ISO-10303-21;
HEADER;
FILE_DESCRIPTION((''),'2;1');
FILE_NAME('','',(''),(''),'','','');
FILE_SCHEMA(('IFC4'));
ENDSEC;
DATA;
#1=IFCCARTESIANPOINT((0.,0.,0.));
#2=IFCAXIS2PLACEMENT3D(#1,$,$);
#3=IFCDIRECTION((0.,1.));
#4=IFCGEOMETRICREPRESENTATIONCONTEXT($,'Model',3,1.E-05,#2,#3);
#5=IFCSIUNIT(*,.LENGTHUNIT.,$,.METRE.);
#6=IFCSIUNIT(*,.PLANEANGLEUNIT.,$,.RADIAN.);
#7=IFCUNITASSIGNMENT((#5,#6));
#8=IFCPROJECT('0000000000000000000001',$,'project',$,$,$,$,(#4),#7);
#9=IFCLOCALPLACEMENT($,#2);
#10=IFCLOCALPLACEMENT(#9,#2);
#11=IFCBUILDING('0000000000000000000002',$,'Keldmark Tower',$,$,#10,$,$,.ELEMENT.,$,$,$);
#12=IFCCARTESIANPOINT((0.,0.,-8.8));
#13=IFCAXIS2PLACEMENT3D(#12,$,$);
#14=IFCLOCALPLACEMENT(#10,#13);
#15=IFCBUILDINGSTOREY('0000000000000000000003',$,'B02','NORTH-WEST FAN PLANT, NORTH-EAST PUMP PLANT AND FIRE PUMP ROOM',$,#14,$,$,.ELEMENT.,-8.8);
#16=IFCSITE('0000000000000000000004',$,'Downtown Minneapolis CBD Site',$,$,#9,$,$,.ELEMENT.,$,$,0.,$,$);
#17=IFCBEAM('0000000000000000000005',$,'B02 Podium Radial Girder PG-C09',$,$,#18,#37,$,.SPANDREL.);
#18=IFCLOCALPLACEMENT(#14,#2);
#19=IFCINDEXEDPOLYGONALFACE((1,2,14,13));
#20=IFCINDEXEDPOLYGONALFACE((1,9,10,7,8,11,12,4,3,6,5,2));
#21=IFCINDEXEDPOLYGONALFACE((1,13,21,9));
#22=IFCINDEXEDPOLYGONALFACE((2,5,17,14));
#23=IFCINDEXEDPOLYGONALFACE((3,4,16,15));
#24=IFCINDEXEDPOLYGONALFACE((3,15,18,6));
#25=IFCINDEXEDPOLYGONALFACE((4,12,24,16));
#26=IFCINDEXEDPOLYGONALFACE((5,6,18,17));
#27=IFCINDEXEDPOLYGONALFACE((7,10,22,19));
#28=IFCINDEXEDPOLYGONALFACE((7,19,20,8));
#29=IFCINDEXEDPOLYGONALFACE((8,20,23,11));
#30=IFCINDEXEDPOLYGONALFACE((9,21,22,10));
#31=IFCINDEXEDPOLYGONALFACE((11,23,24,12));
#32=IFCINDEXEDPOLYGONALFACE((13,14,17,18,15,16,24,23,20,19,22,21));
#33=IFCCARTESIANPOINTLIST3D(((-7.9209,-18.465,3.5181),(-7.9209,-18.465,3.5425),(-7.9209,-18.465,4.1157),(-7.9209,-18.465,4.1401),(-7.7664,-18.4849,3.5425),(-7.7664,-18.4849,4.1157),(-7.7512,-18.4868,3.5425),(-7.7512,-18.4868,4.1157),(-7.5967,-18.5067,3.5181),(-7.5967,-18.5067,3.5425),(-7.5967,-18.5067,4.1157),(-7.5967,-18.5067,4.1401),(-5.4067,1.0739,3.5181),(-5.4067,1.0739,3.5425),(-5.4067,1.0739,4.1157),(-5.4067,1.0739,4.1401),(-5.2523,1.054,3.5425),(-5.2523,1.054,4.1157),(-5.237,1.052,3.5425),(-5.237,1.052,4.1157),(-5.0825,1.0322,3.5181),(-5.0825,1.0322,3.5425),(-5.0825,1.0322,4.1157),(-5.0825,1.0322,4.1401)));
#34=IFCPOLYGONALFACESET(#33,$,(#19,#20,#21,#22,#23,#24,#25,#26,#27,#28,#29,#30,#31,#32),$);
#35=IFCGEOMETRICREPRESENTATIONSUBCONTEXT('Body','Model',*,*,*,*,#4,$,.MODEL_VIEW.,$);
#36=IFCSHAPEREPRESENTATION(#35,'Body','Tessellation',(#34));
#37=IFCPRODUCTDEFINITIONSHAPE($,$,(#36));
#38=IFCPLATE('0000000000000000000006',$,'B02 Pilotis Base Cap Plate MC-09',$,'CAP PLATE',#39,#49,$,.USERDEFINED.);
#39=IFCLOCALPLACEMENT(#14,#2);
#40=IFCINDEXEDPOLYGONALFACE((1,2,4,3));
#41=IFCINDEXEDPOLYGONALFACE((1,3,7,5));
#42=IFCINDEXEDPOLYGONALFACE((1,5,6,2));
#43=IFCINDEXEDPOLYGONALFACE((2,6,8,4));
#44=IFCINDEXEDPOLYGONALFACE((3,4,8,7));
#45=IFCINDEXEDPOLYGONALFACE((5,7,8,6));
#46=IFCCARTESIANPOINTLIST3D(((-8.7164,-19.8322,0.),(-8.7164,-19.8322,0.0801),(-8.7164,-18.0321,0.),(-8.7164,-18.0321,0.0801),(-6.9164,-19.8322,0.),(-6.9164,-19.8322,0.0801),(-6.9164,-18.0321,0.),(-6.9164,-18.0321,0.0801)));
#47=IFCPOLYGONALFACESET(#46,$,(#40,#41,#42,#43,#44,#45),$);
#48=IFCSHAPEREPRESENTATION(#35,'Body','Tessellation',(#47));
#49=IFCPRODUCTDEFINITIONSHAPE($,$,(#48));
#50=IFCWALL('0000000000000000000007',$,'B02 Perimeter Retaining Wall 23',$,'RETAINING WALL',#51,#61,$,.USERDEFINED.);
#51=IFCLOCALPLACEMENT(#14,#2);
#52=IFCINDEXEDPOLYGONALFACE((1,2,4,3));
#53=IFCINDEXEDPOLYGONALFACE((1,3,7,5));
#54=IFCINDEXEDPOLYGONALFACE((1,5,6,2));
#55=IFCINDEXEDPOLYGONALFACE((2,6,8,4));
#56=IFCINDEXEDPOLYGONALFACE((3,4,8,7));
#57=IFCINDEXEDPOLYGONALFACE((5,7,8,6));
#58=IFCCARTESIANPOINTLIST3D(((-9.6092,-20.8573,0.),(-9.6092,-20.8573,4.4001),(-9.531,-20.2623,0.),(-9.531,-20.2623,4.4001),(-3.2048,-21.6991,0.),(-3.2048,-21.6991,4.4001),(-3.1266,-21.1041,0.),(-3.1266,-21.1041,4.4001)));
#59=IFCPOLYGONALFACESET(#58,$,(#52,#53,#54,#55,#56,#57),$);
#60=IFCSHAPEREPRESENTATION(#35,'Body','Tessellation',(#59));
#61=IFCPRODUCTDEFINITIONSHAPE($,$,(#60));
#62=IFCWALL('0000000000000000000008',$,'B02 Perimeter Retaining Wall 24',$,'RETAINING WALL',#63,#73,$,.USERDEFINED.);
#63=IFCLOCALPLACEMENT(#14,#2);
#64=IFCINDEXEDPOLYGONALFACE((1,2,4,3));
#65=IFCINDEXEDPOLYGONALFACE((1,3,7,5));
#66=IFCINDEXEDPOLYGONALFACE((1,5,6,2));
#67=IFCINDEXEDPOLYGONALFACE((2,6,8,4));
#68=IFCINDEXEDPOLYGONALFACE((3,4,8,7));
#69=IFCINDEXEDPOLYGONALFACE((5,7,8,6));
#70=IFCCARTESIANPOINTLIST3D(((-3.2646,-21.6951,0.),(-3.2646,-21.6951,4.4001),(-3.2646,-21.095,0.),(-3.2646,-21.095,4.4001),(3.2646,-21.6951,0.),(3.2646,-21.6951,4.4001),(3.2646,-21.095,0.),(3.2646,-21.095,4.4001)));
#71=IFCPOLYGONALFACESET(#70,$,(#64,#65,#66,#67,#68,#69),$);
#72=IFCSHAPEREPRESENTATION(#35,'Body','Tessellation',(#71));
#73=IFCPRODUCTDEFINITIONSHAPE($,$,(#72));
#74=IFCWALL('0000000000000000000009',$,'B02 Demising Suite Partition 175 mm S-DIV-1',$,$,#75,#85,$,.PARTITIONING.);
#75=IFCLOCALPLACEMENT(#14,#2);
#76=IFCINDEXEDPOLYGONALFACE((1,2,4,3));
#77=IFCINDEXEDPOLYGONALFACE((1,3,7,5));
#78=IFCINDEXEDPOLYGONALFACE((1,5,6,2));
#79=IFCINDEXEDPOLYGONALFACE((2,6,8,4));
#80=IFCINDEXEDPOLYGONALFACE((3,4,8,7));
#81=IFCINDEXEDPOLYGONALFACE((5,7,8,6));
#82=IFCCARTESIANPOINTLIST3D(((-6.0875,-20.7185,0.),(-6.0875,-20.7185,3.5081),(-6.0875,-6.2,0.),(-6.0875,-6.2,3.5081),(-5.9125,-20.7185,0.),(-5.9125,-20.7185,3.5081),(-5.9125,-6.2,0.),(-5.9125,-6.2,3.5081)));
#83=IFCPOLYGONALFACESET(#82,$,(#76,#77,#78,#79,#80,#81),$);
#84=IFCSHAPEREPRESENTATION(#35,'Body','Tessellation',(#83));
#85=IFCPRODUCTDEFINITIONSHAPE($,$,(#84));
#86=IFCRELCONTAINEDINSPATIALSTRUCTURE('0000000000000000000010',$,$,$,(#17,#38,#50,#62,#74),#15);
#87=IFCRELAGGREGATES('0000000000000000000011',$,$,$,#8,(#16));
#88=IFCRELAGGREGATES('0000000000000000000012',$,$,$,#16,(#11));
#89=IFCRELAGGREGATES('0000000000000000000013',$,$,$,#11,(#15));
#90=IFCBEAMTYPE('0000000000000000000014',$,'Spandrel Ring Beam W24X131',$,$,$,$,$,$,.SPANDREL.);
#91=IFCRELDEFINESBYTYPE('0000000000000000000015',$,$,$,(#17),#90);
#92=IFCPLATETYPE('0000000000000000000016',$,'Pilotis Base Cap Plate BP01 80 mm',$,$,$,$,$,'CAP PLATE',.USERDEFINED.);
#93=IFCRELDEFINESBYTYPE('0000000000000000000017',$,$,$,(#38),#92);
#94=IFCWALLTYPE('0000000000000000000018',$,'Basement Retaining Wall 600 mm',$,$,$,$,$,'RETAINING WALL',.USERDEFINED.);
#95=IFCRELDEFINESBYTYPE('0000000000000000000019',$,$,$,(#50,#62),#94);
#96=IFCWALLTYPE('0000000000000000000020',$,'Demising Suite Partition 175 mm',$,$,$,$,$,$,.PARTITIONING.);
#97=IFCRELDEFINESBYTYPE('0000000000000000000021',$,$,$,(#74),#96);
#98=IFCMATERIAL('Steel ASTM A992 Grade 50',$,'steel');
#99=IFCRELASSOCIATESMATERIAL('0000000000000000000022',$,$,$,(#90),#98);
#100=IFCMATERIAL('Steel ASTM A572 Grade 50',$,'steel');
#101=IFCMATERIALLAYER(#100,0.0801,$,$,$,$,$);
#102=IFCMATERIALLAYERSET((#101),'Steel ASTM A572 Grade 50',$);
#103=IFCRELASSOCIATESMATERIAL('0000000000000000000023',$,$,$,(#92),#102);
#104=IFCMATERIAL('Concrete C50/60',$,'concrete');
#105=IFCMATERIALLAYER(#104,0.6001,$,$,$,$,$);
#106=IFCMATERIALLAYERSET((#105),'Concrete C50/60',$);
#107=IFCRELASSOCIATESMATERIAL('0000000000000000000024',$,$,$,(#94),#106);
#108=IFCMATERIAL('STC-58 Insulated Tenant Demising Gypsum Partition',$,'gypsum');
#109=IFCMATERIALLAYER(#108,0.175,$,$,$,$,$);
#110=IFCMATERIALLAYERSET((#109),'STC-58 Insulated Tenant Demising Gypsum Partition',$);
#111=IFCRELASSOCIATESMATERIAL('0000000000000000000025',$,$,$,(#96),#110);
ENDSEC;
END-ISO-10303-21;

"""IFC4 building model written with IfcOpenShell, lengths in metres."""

from ifc_helpers import new_model, si_unit, direction, frame, frame_2d, origin, origin_2d, place, context, subcontext, project, spatial, rectangle, i_section, extrude, material, layer, layer_set, material_profile, profile_set, type_object, element, save


model = new_model("IFC4")

# Units and contexts
model_context = context("Model", 3, precision=1e-05, world=origin(), true_north=direction((0.0, 1.0)))
body_context = subcontext(model_context, "Body", "Model", "MODEL_VIEW")
ifc_project = project(units=[si_unit("LENGTHUNIT", "METRE"), si_unit("PLANEANGLEUNIT", "RADIAN")], contexts=[model_context])

# Site, building, storey
site_placement = place(None, origin())
site = spatial("IfcSite", under=ifc_project, at=site_placement, Name="Downtown Minneapolis CBD Site", CompositionType="ELEMENT", RefElevation=0.0)
building_placement = place(site_placement, origin())
building = spatial("IfcBuilding", under=site, at=building_placement, Name="Keldmark Tower", CompositionType="ELEMENT")
storey_placement = place(building_placement, frame((0.0, 0.0, -8.8)))
storey = spatial("IfcBuildingStorey", under=building, at=storey_placement, Name="B02", Description="NORTH-WEST FAN PLANT, NORTH-EAST PUMP PLANT AND FIRE PUMP ROOM", CompositionType="ELEMENT", Elevation=-8.8)

# Beam
ifc_material_1 = material(Name="Steel ASTM A992 Grade 50", Category="steel")
ifc_material_profile_1 = material_profile(ifc_material_1, i_section(OverallWidth=0.3269, OverallDepth=0.6221, WebThickness=0.0154, FlangeThickness=0.0244, at=origin_2d()), Name="W24X131")
ifc_profile_set_1 = profile_set([ifc_material_profile_1], Name="Steel ASTM A992 Grade 50")
beam_type_1 = type_object("IfcBeamType", Name="Spandrel Ring Beam W24X131", PredefinedType="SPANDREL", material=ifc_profile_set_1)
beam_1_placement = place(storey_placement, frame((-7.7588, -18.4858, 3.8291), z_axis=(0.127623, 0.991823, 0.0), x_axis=(-0.991823, 0.127623, 0.0)))
element("IfcBeam", 1, at=beam_1_placement, inside=storey, type_object=beam_type_1, Name="B02 Podium Radial Girder PG-C09", PredefinedType="SPANDREL", context=body_context, shape_type="SweptSolid", body=[
    extrude(i_section(OverallWidth=0.3269, OverallDepth=0.6221, WebThickness=0.0154, FlangeThickness=0.0244, at=origin_2d()), origin(), (0.0, 0.0, 1.0), 19.7),
])

# Plate
ifc_material_2 = material(Name="Steel ASTM A572 Grade 50", Category="steel")
ifc_layer_1 = layer(ifc_material_2, 0.0801)
ifc_layer_set_1 = layer_set([ifc_layer_1], Name="Steel ASTM A572 Grade 50")
plate_type = type_object("IfcPlateType", Name="Pilotis Base Cap Plate BP01 80 mm", ElementType="CAP PLATE", PredefinedType="USERDEFINED", material=ifc_layer_set_1)
plate_placement = place(storey_placement, frame((-7.8164, -18.9321, 0.0), z_axis=(0.0, 0.0, 1.0), x_axis=(1.0, 0.0, 0.0)))
element("IfcPlate", 2, at=plate_placement, inside=storey, type_object=plate_type, Name="B02 Pilotis Base Cap Plate MC-09", ObjectType="CAP PLATE", PredefinedType="USERDEFINED", context=body_context, shape_type="SweptSolid", body=[
    extrude(rectangle(XDim=1.8, YDim=1.8, at=origin_2d()), origin(), (0.0, 0.0, 1.0), 0.0801),
])

# Walls
ifc_material_3 = material(Name="Concrete C50/60", Category="concrete")
ifc_layer_2 = layer(ifc_material_3, 0.6001)
ifc_layer_set_2 = layer_set([ifc_layer_2], Name="Concrete C50/60")
wall_type_1 = type_object("IfcWallType", Name="Basement Retaining Wall 600 mm", ElementType="RETAINING WALL", PredefinedType="USERDEFINED", material=ifc_layer_set_2)
wall_1_placement = place(storey_placement, frame((-9.5701, -20.5598, 0.0), z_axis=(0.0, 0.0, 1.0), x_axis=(0.991472, -0.130322, 0.0)))
element("IfcWall", 3, at=wall_1_placement, inside=storey, type_object=wall_type_1, Name="B02 Perimeter Retaining Wall 23", ObjectType="RETAINING WALL", PredefinedType="USERDEFINED", context=body_context, shape_type="SweptSolid", body=[
    extrude(rectangle(XDim=6.4595, YDim=0.6001, at=frame_2d((3.2297, 0.0))), origin(), (0.0, 0.0, 1.0), 4.4001),
])
wall_2_placement = place(storey_placement, frame((-3.2646, -21.395, 0.0), z_axis=(0.0, 0.0, 1.0), x_axis=(1.0, 0.0, 0.0)))
element("IfcWall", 4, at=wall_2_placement, inside=storey, type_object=wall_type_1, Name="B02 Perimeter Retaining Wall 24", ObjectType="RETAINING WALL", PredefinedType="USERDEFINED", context=body_context, shape_type="SweptSolid", body=[
    extrude(rectangle(XDim=6.5293, YDim=0.6001, at=frame_2d((3.2646, 0.0))), origin(), (0.0, 0.0, 1.0), 4.4001),
])
ifc_material_4 = material(Name="STC-58 Insulated Tenant Demising Gypsum Partition", Category="gypsum")
ifc_layer_3 = layer(ifc_material_4, 0.175)
ifc_layer_set_3 = layer_set([ifc_layer_3], Name="STC-58 Insulated Tenant Demising Gypsum Partition")
wall_type_2 = type_object("IfcWallType", Name="Demising Suite Partition 175 mm", PredefinedType="PARTITIONING", material=ifc_layer_set_3)
wall_3_placement = place(storey_placement, frame((-6.0, -20.7185, 0.0), z_axis=(0.0, 0.0, 1.0), x_axis=(0.0, 1.0, 0.0)))
element("IfcWall", 5, at=wall_3_placement, inside=storey, type_object=wall_type_2, Name="B02 Demising Suite Partition 175 mm S-DIV-1", PredefinedType="PARTITIONING", context=body_context, shape_type="SweptSolid", body=[
    extrude(rectangle(XDim=14.5186, YDim=0.175, at=frame_2d((7.2593, 0.0))), origin(), (0.0, 0.0, 1.0), 3.5081),
])

save(model, "model.ifc")
